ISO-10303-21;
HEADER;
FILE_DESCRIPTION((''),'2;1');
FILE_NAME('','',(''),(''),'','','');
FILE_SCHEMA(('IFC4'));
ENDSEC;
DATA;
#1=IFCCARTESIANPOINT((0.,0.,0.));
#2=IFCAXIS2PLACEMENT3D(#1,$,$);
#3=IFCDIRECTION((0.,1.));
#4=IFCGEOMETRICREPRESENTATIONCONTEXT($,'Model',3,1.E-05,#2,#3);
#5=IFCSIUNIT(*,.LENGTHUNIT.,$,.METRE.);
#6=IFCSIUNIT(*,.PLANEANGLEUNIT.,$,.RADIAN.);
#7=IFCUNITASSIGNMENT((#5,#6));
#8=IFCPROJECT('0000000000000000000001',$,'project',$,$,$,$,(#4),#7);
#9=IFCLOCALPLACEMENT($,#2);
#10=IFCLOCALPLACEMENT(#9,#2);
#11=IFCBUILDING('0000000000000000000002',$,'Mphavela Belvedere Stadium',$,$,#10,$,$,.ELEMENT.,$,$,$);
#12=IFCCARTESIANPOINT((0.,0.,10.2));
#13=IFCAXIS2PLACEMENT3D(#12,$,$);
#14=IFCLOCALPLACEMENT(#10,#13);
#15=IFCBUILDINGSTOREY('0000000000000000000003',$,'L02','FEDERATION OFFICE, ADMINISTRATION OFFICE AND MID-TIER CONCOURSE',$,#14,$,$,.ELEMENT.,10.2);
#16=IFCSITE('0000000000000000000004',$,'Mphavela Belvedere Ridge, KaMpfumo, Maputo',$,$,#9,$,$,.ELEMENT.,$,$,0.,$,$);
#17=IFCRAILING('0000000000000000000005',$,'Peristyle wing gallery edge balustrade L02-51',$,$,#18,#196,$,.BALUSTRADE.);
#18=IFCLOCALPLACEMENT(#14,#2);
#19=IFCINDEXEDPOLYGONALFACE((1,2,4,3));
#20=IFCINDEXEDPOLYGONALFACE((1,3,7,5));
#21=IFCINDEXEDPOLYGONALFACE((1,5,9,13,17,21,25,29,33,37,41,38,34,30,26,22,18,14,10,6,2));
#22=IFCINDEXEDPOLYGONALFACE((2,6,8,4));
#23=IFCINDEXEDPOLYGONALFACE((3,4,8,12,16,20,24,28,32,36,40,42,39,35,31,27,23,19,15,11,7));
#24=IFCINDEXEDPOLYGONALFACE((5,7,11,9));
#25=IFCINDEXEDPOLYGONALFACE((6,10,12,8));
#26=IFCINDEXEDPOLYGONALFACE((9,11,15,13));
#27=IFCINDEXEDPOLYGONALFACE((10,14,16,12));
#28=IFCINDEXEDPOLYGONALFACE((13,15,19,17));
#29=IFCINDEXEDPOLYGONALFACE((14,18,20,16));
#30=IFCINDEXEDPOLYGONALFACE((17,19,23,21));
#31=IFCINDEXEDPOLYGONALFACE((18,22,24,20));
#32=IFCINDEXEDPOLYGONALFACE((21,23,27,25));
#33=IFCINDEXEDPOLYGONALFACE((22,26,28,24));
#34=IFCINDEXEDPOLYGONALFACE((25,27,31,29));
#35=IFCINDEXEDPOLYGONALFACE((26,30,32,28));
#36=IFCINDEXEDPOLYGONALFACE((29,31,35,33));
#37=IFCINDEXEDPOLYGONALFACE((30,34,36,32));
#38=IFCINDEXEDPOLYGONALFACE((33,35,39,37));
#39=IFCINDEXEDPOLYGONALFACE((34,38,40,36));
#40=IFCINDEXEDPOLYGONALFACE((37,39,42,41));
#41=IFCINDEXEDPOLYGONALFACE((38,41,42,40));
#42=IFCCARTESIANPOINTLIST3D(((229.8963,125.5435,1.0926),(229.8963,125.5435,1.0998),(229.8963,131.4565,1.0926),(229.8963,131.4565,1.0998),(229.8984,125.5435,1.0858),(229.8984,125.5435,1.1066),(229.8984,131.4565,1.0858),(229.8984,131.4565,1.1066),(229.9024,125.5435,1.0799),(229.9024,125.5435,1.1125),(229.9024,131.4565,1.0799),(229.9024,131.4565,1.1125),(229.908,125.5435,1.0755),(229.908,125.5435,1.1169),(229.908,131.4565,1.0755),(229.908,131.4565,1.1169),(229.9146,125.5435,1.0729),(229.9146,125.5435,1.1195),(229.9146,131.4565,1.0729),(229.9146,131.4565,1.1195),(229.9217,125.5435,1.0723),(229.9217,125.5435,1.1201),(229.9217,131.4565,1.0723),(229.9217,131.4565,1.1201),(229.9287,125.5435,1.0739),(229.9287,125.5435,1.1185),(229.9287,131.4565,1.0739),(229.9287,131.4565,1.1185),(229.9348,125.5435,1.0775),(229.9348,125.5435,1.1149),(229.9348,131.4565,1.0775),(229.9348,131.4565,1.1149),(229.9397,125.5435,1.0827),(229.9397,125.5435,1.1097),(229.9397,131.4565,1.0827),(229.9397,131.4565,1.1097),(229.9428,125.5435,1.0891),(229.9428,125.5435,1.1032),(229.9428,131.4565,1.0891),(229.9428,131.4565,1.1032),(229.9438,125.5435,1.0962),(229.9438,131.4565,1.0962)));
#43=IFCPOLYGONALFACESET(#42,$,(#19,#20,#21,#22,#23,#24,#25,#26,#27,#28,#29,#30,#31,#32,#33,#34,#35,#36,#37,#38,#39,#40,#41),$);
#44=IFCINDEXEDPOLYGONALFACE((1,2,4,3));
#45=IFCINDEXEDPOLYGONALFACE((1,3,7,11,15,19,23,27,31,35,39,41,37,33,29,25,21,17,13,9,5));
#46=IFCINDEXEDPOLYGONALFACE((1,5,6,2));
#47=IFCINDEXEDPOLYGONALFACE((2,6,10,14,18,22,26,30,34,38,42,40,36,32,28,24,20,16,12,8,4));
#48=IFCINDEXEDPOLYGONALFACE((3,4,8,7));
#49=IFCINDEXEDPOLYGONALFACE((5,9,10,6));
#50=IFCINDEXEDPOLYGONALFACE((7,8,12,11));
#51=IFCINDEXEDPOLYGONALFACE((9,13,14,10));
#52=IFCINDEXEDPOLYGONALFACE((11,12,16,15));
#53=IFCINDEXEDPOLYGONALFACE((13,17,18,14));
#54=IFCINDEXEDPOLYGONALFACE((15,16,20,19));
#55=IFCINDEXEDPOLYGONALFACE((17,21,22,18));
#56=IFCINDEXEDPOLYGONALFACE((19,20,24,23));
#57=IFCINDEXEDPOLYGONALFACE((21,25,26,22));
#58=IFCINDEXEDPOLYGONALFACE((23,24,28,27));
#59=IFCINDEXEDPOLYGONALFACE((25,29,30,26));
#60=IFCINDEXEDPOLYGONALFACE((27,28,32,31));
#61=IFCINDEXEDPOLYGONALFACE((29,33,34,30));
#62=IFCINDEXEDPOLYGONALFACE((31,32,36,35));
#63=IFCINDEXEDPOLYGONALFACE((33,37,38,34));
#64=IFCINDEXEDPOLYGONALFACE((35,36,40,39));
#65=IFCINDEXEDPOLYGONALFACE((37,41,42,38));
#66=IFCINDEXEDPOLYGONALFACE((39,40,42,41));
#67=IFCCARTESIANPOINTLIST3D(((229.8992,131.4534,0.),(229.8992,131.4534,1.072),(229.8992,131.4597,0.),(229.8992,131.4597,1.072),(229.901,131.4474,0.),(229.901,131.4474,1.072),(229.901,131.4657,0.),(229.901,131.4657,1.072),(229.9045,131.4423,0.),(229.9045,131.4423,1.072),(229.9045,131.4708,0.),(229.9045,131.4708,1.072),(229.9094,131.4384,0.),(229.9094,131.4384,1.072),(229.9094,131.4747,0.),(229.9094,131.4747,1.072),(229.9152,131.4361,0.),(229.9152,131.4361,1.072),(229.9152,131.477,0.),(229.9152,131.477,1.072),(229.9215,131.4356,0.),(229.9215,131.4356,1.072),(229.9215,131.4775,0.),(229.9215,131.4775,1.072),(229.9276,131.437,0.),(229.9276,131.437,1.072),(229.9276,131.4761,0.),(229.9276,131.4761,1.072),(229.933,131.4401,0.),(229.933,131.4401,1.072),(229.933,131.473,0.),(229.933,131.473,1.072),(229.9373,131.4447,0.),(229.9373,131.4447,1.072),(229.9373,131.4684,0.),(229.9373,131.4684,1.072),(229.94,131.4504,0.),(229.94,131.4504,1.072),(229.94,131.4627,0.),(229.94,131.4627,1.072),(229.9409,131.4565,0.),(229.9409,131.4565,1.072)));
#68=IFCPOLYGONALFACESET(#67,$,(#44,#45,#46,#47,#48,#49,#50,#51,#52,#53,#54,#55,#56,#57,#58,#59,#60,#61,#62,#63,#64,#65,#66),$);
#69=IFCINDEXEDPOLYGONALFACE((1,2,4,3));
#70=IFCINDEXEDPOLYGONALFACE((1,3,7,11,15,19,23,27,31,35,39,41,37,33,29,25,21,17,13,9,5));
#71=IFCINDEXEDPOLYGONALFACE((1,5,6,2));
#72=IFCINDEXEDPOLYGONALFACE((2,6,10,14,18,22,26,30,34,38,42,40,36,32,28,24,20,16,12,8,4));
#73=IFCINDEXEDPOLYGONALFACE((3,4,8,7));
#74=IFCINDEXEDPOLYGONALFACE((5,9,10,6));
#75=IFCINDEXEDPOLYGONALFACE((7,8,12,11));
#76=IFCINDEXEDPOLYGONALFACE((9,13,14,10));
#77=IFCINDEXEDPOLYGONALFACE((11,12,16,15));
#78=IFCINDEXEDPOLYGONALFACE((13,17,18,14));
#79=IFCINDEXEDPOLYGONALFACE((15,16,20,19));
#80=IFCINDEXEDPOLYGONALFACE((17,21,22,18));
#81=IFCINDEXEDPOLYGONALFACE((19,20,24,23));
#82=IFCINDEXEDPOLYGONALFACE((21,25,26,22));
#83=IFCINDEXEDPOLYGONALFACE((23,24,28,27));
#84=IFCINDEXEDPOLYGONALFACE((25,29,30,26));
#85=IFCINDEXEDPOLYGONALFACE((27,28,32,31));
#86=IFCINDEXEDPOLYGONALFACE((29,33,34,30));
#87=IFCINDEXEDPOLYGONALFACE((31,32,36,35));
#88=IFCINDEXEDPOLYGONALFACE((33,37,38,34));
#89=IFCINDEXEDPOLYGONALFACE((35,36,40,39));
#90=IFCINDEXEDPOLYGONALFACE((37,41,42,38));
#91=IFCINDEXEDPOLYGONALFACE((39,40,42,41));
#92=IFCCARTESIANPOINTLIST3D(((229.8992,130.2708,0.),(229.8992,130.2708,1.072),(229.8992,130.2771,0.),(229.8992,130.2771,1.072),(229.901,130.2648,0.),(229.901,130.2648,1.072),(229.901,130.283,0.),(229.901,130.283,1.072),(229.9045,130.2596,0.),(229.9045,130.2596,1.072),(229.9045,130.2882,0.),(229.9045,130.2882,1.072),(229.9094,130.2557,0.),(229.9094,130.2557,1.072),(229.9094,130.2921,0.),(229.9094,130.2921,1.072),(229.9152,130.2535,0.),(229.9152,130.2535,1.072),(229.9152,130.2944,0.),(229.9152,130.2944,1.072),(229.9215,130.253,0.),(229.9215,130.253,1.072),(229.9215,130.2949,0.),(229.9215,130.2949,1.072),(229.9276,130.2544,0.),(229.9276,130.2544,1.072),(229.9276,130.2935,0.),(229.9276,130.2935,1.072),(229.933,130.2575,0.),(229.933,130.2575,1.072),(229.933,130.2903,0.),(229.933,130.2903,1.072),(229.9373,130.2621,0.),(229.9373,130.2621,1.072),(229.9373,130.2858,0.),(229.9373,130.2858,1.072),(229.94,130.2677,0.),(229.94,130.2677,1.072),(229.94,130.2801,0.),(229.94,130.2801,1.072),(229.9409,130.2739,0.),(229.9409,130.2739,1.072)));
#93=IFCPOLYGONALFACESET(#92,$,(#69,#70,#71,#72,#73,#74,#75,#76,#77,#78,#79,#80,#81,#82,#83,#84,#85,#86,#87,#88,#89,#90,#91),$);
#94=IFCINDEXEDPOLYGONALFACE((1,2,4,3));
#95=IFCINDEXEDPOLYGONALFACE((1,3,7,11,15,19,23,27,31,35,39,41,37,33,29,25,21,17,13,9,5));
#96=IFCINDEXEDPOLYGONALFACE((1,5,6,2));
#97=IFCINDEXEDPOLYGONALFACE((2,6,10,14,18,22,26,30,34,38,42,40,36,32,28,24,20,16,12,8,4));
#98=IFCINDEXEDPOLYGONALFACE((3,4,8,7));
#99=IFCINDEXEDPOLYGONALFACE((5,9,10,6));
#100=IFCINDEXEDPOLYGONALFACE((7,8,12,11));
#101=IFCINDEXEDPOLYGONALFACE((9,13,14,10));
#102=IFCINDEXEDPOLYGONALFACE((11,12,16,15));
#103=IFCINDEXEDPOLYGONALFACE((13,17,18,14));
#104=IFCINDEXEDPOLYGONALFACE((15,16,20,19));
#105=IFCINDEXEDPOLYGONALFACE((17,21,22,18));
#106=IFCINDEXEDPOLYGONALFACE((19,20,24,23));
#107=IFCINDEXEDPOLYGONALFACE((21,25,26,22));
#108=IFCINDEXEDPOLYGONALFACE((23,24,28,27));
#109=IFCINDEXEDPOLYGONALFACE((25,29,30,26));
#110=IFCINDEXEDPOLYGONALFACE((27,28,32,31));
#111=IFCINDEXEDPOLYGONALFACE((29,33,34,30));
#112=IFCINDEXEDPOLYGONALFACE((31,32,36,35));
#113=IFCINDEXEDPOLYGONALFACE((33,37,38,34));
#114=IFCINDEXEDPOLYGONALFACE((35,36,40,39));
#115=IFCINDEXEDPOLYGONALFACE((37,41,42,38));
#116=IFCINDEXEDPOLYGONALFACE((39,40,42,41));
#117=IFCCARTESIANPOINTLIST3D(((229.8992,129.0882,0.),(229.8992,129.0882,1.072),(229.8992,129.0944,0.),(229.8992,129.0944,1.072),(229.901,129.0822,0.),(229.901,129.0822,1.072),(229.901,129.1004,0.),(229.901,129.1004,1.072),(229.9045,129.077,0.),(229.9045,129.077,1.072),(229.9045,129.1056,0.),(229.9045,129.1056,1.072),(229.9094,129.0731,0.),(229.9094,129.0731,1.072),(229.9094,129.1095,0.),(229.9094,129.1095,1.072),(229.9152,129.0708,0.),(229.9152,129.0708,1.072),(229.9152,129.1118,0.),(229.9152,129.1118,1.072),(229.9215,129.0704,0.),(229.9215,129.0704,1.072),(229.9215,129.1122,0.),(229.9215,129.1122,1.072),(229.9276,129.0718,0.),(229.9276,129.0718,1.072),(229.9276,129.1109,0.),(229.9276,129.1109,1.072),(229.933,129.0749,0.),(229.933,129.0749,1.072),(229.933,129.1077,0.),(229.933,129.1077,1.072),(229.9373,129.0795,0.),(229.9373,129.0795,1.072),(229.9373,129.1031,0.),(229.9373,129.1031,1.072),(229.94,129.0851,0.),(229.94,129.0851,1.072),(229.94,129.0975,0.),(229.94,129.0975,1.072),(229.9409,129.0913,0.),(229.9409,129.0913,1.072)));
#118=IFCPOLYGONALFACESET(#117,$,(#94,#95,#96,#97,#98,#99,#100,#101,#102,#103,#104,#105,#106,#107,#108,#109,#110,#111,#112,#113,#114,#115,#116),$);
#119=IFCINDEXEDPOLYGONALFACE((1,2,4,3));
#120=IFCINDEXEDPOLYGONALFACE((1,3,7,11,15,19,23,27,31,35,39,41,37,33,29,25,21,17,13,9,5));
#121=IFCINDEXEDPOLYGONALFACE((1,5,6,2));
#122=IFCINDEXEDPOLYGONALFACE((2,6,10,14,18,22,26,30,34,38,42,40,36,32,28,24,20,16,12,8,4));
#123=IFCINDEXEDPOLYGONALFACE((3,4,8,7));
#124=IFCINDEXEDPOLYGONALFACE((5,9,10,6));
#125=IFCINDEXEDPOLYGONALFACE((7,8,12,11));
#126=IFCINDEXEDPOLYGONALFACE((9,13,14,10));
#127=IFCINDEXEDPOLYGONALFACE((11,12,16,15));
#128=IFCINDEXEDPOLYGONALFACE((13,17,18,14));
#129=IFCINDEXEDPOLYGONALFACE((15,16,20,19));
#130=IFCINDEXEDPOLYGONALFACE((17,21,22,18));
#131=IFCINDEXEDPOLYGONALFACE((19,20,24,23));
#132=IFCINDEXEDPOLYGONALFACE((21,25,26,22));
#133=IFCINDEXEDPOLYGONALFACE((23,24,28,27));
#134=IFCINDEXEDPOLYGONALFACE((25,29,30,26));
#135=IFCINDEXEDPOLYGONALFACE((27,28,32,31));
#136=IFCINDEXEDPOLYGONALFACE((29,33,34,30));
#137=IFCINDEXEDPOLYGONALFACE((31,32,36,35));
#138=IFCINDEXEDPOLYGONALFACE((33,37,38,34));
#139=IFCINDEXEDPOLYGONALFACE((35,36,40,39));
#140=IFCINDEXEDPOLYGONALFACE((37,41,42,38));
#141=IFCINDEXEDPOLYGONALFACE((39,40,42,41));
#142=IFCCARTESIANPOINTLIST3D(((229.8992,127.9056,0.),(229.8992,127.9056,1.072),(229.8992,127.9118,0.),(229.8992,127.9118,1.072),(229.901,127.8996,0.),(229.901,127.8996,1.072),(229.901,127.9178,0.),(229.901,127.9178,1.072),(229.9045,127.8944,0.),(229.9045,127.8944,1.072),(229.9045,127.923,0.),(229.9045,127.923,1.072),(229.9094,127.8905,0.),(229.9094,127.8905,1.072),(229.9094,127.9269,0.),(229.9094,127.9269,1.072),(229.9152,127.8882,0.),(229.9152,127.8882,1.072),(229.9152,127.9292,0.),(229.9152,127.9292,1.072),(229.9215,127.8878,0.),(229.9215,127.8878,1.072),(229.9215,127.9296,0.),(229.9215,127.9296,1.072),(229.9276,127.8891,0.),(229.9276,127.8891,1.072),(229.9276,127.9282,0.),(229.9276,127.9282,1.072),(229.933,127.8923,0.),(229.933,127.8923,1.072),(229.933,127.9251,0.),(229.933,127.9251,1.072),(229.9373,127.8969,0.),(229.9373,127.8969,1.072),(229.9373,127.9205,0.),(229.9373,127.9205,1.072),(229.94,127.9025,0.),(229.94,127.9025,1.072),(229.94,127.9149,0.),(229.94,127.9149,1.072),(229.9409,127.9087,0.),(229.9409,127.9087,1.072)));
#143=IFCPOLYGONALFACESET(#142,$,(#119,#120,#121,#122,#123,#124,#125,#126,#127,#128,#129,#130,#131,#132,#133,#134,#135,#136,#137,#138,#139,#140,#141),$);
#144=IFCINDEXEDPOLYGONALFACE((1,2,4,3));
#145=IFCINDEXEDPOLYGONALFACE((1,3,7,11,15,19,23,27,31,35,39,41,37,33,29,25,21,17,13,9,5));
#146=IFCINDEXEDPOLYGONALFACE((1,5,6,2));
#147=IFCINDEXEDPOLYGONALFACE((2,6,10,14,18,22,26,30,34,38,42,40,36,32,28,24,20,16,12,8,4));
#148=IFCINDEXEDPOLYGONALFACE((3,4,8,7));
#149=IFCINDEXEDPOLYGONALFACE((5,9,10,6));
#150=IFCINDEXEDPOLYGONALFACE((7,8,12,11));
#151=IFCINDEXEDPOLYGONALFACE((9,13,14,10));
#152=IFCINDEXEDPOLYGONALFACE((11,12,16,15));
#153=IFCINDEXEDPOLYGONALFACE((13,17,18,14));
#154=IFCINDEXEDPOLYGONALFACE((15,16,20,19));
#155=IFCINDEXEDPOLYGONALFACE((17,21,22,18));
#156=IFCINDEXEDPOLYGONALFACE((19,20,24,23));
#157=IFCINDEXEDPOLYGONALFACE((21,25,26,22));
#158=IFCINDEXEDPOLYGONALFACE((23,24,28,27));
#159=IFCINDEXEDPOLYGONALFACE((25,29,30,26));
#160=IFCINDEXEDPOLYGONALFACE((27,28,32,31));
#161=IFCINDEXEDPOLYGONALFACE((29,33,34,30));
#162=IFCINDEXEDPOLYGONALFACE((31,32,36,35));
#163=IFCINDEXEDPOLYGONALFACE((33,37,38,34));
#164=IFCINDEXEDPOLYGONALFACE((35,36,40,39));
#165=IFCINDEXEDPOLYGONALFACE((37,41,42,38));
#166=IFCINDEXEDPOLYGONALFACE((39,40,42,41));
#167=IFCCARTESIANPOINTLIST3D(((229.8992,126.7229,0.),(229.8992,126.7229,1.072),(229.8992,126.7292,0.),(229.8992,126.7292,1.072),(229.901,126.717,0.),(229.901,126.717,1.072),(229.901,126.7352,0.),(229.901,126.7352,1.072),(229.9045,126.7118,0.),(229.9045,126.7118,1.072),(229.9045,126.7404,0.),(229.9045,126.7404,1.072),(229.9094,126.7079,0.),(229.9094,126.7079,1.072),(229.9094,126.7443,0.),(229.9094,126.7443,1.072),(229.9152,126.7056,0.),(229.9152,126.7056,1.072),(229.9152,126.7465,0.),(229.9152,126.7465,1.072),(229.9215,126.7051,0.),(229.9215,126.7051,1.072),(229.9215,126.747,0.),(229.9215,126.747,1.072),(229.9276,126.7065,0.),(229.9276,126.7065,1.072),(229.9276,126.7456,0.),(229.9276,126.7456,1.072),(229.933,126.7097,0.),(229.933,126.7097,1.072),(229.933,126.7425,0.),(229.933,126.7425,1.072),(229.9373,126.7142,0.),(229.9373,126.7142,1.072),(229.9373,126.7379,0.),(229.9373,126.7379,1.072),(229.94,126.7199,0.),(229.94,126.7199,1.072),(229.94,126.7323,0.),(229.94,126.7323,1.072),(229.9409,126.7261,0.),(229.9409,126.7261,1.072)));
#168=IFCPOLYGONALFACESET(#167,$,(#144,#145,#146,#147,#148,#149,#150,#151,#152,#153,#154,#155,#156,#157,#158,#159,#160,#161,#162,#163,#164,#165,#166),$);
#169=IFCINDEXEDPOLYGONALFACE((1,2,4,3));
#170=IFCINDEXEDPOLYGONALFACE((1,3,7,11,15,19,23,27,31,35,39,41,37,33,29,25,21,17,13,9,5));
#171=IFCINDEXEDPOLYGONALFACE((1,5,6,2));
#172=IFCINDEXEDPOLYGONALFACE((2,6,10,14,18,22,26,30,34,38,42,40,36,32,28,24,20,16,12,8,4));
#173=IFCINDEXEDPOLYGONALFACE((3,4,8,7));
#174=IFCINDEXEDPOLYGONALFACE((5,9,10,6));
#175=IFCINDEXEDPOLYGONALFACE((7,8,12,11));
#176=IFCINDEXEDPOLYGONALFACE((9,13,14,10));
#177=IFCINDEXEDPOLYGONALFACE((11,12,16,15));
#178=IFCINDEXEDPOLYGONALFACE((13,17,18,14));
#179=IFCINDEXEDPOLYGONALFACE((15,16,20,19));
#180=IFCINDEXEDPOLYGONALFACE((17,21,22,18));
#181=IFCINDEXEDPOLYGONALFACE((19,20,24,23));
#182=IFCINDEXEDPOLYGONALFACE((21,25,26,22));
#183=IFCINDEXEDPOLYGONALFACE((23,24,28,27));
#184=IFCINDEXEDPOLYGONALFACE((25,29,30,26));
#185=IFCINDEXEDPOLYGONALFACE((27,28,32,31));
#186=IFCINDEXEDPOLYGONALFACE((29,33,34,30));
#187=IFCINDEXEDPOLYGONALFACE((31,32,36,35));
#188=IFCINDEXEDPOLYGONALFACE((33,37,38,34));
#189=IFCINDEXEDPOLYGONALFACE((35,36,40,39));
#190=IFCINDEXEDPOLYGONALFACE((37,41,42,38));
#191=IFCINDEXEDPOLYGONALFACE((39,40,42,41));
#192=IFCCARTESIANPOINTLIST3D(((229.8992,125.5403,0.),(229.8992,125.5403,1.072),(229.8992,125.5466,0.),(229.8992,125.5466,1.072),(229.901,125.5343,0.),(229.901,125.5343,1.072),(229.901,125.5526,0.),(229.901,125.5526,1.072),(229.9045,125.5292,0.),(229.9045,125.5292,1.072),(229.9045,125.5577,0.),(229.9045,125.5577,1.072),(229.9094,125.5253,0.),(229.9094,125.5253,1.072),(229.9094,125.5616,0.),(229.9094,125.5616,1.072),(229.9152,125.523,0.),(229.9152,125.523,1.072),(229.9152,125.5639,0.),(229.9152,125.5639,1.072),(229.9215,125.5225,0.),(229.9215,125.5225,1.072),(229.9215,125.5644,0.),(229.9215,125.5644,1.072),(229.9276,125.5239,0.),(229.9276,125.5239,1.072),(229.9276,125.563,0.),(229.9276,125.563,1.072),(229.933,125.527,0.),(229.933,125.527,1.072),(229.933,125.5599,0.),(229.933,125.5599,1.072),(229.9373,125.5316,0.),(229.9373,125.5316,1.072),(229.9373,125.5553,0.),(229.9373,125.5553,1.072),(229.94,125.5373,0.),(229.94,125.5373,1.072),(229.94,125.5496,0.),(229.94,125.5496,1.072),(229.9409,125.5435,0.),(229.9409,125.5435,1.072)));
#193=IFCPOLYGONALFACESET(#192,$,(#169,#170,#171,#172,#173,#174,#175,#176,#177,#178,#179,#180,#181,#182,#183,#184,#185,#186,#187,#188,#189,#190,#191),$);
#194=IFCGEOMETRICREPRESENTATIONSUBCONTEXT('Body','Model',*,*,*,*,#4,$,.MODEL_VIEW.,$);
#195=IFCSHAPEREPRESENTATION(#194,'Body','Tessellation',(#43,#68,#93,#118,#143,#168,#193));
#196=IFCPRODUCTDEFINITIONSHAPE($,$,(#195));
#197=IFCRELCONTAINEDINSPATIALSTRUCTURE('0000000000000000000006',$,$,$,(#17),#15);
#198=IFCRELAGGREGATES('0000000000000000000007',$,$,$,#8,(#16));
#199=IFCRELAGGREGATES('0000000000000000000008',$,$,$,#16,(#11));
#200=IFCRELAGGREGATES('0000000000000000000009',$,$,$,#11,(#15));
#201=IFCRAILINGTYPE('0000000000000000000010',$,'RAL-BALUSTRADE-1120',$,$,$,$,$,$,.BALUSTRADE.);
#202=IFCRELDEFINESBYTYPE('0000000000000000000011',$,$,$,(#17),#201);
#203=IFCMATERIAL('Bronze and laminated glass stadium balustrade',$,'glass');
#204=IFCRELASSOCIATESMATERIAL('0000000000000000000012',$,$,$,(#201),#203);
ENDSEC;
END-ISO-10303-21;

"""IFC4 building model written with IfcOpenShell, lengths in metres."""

from ifc_helpers import new_model, si_unit, direction, frame, origin, origin_2d, place, context, subcontext, project, spatial, circle, extrude, material, type_object, element, save


model = new_model("IFC4")

# Units and contexts
model_context = context("Model", 3, precision=1e-05, world=origin(), true_north=direction((0.0, 1.0)))
body_context = subcontext(model_context, "Body", "Model", "MODEL_VIEW")
ifc_project = project(units=[si_unit("LENGTHUNIT", "METRE"), si_unit("PLANEANGLEUNIT", "RADIAN")], contexts=[model_context])

# Site, building, storey
site_placement = place(None, origin())
site = spatial("IfcSite", under=ifc_project, at=site_placement, Name="Mphavela Belvedere Ridge, KaMpfumo, Maputo", CompositionType="ELEMENT", RefElevation=0.0)
building_placement = place(site_placement, origin())
building = spatial("IfcBuilding", under=site, at=building_placement, Name="Mphavela Belvedere Stadium", CompositionType="ELEMENT")
storey_placement = place(building_placement, frame((0.0, 0.0, 10.2)))
storey = spatial("IfcBuildingStorey", under=building, at=storey_placement, Name="L02", Description="FEDERATION OFFICE, ADMINISTRATION OFFICE AND MID-TIER CONCOURSE", CompositionType="ELEMENT", Elevation=10.2)

# Railing
ifc_material_1 = material(Name="Bronze and laminated glass stadium balustrade", Category="glass")
railing_type = type_object("IfcRailingType", Name="RAL-BALUSTRADE-1120", PredefinedType="BALUSTRADE", material=ifc_material_1)
for number, where, name in (
    (1, (229.9199, 131.4565, 0.0), "Peristyle wing gallery edge balustrade L02-51"),
):
    element("IfcRailing", number, at=place(storey_placement, frame(where)), inside=storey, type_object=railing_type, Name=name, PredefinedType="BALUSTRADE", context=body_context, shape_type="SweptSolid", body=[
        extrude(circle(Radius=0.0239, at=origin_2d()), frame((0.0, 0.0, 1.0962), z_axis=(0.0, -1.0, 0.0), x_axis=(1.0, 0.0, 0.0)), (0.0, 0.0, 1.0), 5.9131),
        extrude(circle(Radius=0.021, at=origin_2d()), origin(), (0.0, 0.0, 1.0), 1.072),
        extrude(circle(Radius=0.021, at=origin_2d()), frame((0.0, -1.1826, 0.0)), (0.0, 0.0, 1.0), 1.072),
        extrude(circle(Radius=0.021, at=origin_2d()), frame((0.0, -2.3652, 0.0)), (0.0, 0.0, 1.0), 1.072),
        extrude(circle(Radius=0.021, at=origin_2d()), frame((0.0, -3.5479, 0.0)), (0.0, 0.0, 1.0), 1.072),
        extrude(circle(Radius=0.021, at=origin_2d()), frame((0.0, -4.7305, 0.0)), (0.0, 0.0, 1.0), 1.072),
        extrude(circle(Radius=0.021, at=origin_2d()), frame((0.0, -5.9131, 0.0)), (0.0, 0.0, 1.0), 1.072),
    ])

save(model, "model.ifc")
